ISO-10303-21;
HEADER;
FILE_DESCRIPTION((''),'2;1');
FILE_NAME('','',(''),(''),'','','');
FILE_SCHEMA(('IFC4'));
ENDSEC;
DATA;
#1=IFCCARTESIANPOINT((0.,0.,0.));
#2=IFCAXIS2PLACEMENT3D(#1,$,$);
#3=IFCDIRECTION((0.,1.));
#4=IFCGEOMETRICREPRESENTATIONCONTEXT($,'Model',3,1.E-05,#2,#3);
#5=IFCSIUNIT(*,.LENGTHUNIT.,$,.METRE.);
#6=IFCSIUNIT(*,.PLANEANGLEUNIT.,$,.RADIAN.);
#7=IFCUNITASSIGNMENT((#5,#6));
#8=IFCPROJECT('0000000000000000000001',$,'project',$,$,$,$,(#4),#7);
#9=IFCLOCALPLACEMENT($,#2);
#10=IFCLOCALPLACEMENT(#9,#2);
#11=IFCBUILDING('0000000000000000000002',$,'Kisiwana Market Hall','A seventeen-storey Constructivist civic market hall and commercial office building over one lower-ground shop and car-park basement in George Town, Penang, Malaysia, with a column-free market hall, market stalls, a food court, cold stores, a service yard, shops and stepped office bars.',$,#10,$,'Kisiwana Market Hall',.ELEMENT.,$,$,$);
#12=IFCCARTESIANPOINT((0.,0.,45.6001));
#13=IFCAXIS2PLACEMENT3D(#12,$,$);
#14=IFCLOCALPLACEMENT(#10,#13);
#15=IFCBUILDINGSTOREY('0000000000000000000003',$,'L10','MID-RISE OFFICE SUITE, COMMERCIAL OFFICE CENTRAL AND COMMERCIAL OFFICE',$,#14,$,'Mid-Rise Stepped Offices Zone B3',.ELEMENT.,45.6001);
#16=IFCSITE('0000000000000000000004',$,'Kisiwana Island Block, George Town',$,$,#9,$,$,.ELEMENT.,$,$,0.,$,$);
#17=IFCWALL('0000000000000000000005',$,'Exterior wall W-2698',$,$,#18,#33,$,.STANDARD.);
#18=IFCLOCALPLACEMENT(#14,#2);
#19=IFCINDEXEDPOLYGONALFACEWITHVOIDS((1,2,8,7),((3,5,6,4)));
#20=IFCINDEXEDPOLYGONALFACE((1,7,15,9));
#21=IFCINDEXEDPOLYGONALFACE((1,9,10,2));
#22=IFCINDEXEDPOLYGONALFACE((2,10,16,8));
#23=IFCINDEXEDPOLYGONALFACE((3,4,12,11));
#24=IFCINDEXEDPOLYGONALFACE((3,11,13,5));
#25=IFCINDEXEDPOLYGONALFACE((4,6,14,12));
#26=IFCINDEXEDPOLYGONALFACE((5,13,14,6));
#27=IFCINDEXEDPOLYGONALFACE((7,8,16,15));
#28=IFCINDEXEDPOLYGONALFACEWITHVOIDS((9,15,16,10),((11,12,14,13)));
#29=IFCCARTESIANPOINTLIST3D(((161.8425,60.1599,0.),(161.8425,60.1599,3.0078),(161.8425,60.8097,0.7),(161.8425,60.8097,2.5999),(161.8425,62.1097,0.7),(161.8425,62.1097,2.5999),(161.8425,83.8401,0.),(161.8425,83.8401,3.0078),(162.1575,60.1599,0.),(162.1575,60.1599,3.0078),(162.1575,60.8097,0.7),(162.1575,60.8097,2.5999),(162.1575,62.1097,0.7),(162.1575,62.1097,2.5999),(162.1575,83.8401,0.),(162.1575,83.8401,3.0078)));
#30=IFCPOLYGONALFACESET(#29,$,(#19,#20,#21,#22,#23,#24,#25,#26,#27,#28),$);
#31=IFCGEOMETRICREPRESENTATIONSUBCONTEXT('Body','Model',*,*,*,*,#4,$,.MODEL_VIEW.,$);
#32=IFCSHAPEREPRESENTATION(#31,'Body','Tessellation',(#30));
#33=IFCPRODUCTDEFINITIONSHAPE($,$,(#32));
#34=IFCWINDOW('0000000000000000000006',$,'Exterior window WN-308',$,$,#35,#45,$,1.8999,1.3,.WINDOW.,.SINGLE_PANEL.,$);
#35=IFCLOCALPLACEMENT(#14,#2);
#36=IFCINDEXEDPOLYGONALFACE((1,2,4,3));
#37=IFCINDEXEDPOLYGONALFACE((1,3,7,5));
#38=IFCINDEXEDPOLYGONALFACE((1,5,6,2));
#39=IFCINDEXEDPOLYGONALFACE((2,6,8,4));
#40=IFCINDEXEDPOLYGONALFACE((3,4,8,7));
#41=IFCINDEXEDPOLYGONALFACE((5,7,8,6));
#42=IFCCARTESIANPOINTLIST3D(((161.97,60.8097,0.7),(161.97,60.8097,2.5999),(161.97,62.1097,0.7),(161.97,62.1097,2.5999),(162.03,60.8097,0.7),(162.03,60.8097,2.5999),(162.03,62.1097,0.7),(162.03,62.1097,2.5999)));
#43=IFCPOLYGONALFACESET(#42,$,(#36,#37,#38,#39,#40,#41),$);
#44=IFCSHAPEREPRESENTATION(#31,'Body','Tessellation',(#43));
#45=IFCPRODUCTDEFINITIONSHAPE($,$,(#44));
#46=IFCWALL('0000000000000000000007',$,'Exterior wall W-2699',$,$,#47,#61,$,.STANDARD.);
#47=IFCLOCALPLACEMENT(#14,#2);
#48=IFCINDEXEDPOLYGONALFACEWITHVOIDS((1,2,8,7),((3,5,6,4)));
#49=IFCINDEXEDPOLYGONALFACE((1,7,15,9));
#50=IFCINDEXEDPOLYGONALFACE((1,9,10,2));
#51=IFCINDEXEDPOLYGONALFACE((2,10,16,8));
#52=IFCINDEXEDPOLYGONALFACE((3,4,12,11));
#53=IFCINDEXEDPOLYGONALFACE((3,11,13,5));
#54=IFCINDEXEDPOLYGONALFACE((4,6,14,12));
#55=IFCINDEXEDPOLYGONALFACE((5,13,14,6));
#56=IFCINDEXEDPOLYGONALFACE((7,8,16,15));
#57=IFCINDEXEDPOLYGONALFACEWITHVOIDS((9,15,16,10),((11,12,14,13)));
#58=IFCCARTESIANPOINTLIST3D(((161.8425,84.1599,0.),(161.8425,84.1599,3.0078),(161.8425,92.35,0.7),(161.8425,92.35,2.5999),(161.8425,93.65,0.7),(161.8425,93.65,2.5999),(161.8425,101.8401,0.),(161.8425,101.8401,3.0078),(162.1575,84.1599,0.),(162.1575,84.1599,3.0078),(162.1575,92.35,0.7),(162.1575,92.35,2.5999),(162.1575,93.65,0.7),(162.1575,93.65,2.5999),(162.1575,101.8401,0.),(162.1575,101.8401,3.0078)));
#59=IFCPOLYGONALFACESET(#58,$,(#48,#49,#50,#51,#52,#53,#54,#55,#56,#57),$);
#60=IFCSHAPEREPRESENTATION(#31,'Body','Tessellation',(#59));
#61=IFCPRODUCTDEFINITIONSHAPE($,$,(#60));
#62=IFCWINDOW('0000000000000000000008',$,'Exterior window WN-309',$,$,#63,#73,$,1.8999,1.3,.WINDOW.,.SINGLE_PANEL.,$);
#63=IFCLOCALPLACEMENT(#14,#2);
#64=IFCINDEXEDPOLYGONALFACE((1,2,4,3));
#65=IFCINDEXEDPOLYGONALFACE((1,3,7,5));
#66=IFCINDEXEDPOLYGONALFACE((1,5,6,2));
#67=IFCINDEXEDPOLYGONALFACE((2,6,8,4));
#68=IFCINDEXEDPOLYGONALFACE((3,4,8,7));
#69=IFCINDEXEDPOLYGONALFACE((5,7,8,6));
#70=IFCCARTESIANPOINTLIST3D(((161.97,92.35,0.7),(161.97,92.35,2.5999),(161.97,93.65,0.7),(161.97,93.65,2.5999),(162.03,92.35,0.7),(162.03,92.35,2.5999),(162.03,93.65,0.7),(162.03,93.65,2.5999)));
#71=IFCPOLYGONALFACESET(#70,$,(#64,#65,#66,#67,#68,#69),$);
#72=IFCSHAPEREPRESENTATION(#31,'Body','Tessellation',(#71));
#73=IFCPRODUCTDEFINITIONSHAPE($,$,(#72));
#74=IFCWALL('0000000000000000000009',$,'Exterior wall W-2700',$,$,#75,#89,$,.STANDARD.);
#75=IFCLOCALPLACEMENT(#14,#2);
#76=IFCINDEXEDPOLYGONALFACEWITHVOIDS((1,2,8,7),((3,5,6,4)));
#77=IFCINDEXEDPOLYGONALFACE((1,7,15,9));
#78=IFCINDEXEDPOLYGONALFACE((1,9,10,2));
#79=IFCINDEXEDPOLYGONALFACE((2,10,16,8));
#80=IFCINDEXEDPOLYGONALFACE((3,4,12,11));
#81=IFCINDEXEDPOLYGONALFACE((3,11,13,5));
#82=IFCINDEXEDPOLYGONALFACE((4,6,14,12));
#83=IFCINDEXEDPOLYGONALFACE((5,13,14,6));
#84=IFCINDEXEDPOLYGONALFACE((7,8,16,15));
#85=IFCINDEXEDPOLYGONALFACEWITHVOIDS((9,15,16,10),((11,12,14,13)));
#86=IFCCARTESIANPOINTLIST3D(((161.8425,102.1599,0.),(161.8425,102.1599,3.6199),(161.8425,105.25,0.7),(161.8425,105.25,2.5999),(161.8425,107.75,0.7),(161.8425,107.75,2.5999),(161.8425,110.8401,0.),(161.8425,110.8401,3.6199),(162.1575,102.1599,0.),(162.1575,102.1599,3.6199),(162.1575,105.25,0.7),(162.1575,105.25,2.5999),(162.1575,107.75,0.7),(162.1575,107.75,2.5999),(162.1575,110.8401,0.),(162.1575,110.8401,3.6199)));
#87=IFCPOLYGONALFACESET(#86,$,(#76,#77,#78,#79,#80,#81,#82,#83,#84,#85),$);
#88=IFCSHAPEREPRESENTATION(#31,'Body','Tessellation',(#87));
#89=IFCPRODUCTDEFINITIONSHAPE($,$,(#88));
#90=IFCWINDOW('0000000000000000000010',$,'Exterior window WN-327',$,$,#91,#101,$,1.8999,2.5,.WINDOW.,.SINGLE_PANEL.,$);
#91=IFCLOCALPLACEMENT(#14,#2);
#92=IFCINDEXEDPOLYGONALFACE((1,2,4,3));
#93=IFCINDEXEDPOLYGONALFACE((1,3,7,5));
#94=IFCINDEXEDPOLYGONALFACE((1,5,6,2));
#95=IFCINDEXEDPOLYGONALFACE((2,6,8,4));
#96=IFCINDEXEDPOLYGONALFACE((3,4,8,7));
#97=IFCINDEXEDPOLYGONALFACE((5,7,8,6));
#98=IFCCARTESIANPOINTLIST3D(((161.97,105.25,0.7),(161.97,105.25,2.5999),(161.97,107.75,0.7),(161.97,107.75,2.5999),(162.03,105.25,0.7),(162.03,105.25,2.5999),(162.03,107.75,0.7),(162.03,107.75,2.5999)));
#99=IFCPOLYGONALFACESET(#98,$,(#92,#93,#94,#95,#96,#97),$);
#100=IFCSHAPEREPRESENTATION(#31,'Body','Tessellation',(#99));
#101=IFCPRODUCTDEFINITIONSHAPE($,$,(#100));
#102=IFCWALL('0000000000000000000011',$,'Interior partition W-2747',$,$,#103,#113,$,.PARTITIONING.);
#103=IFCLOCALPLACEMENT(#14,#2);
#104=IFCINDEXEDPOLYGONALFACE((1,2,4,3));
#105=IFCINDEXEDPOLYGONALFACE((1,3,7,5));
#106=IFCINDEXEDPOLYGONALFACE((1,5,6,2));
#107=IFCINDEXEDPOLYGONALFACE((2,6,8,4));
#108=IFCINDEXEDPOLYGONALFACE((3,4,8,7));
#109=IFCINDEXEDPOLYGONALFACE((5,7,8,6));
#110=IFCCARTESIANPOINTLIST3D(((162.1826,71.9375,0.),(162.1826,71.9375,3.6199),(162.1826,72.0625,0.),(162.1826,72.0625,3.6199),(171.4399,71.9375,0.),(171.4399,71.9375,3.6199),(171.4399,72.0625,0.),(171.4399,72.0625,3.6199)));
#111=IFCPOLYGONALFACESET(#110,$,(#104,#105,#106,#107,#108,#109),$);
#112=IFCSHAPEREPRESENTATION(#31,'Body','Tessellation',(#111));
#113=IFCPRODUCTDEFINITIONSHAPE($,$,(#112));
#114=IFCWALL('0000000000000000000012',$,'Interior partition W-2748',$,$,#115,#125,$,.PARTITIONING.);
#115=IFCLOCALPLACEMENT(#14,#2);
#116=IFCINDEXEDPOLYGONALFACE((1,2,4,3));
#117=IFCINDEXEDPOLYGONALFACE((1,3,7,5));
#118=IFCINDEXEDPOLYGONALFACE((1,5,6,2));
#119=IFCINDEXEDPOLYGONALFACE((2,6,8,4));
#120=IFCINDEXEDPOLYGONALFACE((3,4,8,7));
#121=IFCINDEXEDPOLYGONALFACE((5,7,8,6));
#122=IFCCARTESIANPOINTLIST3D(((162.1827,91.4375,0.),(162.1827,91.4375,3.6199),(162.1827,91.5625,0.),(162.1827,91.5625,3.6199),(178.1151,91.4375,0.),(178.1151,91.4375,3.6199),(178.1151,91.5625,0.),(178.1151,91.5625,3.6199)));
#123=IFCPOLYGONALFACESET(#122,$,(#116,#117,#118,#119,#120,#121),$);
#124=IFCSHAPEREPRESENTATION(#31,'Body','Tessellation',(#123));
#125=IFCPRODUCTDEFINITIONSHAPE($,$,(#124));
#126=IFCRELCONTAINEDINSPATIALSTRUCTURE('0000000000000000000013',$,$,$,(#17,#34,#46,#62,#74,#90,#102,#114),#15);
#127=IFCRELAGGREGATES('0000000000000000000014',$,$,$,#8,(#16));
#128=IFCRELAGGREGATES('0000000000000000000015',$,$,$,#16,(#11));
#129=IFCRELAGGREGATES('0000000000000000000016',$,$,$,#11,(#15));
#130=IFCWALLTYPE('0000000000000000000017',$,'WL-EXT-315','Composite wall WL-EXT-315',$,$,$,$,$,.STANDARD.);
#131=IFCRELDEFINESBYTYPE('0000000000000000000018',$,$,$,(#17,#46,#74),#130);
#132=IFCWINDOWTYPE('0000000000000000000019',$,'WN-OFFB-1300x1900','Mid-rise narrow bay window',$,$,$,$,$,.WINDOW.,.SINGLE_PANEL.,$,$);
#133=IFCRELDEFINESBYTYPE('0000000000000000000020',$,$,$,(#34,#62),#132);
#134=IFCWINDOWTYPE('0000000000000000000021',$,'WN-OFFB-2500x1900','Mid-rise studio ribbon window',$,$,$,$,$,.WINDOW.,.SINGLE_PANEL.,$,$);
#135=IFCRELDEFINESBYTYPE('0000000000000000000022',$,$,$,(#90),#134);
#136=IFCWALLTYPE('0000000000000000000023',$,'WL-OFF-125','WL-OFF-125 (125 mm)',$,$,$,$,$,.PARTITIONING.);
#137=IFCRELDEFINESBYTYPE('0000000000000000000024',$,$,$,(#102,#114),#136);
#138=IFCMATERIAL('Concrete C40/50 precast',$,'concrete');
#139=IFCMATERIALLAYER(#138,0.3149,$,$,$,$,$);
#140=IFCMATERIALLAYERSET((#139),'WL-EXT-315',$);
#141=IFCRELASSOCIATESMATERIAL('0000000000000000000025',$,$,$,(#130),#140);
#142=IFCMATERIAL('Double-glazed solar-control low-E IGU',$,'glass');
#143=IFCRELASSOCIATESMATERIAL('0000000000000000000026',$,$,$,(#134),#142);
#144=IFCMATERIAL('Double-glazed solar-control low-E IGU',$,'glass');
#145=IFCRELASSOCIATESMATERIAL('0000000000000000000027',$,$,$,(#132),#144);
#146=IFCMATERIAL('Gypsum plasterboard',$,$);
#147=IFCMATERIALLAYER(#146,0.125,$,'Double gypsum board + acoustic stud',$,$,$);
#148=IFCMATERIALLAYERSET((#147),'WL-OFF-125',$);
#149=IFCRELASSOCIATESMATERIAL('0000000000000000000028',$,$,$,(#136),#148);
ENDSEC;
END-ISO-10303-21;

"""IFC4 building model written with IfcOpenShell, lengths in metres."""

from ifc_helpers import new_model, si_unit, direction, frame, frame_2d, origin, place, context, subcontext, project, spatial, rectangle, extrude, material, layer, layer_set, type_object, element, fill, save


model = new_model("IFC4")

# Units and contexts
model_context = context("Model", 3, precision=1e-05, world=origin(), true_north=direction((0.0, 1.0)))
body_context = subcontext(model_context, "Body", "Model", "MODEL_VIEW")
ifc_project = project(units=[si_unit("LENGTHUNIT", "METRE"), si_unit("PLANEANGLEUNIT", "RADIAN")], contexts=[model_context])

# Site, building, storey
site_placement = place(None, origin())
site = spatial("IfcSite", under=ifc_project, at=site_placement, Name="Kisiwana Island Block, George Town", CompositionType="ELEMENT", RefElevation=0.0)
building_placement = place(site_placement, origin())
building = spatial("IfcBuilding", under=site, at=building_placement, Name="Kisiwana Market Hall", Description="A seventeen-storey Constructivist civic market hall and commercial office building over one lower-ground shop and car-park basement in George Town, Penang, Malaysia, with a column-free market hall, market stalls, a food court, cold stores, a service yard, shops and stepped office bars.", LongName="Kisiwana Market Hall", CompositionType="ELEMENT")
storey_placement = place(building_placement, frame((0.0, 0.0, 45.6001)))
storey = spatial("IfcBuildingStorey", under=building, at=storey_placement, Name="L10", Description="MID-RISE OFFICE SUITE, COMMERCIAL OFFICE CENTRAL AND COMMERCIAL OFFICE", LongName="Mid-Rise Stepped Offices Zone B3", CompositionType="ELEMENT", Elevation=45.6001)

# Walls, openings, windows
ifc_material_1 = material(Name="Concrete C40/50 precast", Category="concrete")
ifc_layer_1 = layer(ifc_material_1, 0.3149)
ifc_layer_set_1 = layer_set([ifc_layer_1], Name="WL-EXT-315")
wall_type_1 = type_object("IfcWallType", Name="WL-EXT-315", Description="Composite wall WL-EXT-315", PredefinedType="STANDARD", material=ifc_layer_set_1)
ifc_material_2 = material(Name="Double-glazed solar-control low-E IGU", Category="glass")
window_type_1 = type_object("IfcWindowType", Name="WN-OFFB-2500x1900", Description="Mid-rise studio ribbon window", PartitioningType="SINGLE_PANEL", PredefinedType="WINDOW", material=ifc_material_2)
wall_1_placement = place(storey_placement, frame((162.0, 60.1599, 0.0), z_axis=(0.0, 0.0, 1.0), x_axis=(0.0, 1.0, 0.0)))
wall_1 = element("IfcWall", 1, at=wall_1_placement, inside=storey, type_object=wall_type_1, Name="Exterior wall W-2698", PredefinedType="STANDARD", context=body_context, shape_type="SweptSolid", body=[
    extrude(rectangle(XDim=23.6802, YDim=0.3149, at=frame_2d((11.8401, 0.0))), origin(), (0.0, 0.0, 1.0), 3.0078),
])
opening_1_placement = place(wall_1_placement, frame((0.6499, 0.0, 0.7)))
opening_1 = element("IfcOpeningElement", 2, at=opening_1_placement, cuts=wall_1, PredefinedType="OPENING", context=body_context, shape_type="SweptSolid", body=[
    extrude(rectangle(XDim=1.3, YDim=1.8999, at=frame_2d((0.6499, 0.95))), frame((0.0, 0.1694, 0.0), z_axis=(0.0, -1.0, 0.0), x_axis=(1.0, 0.0, 0.0)), (0.0, 0.0, 1.0), 0.3389),
])
ifc_material_3 = material(Name="Double-glazed solar-control low-E IGU", Category="glass")
window_type_2 = type_object("IfcWindowType", Name="WN-OFFB-1300x1900", Description="Mid-rise narrow bay window", PartitioningType="SINGLE_PANEL", PredefinedType="WINDOW", material=ifc_material_3)
window_1_placement = place(opening_1_placement, origin())
window_1 = element("IfcWindow", 3, at=window_1_placement, inside=storey, type_object=window_type_2, Name="Exterior window WN-308", OverallHeight=1.8999, OverallWidth=1.3, PartitioningType="SINGLE_PANEL", PredefinedType="WINDOW", context=body_context, shape_type="SweptSolid", body=[
    extrude(rectangle(XDim=1.3, YDim=1.8999, at=frame_2d((0.6499, 0.95))), frame((0.0, 0.03, 0.0), z_axis=(0.0, -1.0, 0.0), x_axis=(1.0, 0.0, 0.0)), (0.0, 0.0, 1.0), 0.0601),
])
fill(opening_1, window_1)
wall_2_placement = place(storey_placement, frame((162.0, 84.1599, 0.0), z_axis=(0.0, 0.0, 1.0), x_axis=(0.0, 1.0, 0.0)))
wall_2 = element("IfcWall", 4, at=wall_2_placement, inside=storey, type_object=wall_type_1, Name="Exterior wall W-2699", PredefinedType="STANDARD", context=body_context, shape_type="SweptSolid", body=[
    extrude(rectangle(XDim=17.6802, YDim=0.3149, at=frame_2d((8.8401, 0.0))), origin(), (0.0, 0.0, 1.0), 3.0078),
])
opening_2_placement = place(wall_2_placement, frame((8.1902, 0.0, 0.7)))
opening_2 = element("IfcOpeningElement", 5, at=opening_2_placement, cuts=wall_2, PredefinedType="OPENING", context=body_context, shape_type="SweptSolid", body=[
    extrude(rectangle(XDim=1.3, YDim=1.8999, at=frame_2d((0.6499, 0.95))), frame((0.0, 0.1694, 0.0), z_axis=(0.0, -1.0, 0.0), x_axis=(1.0, 0.0, 0.0)), (0.0, 0.0, 1.0), 0.3389),
])
window_2_placement = place(opening_2_placement, origin())
window_2 = element("IfcWindow", 6, at=window_2_placement, inside=storey, type_object=window_type_2, Name="Exterior window WN-309", OverallHeight=1.8999, OverallWidth=1.3, PartitioningType="SINGLE_PANEL", PredefinedType="WINDOW", context=body_context, shape_type="SweptSolid", body=[
    extrude(rectangle(XDim=1.3, YDim=1.8999, at=frame_2d((0.6499, 0.95))), frame((0.0, 0.03, 0.0), z_axis=(0.0, -1.0, 0.0), x_axis=(1.0, 0.0, 0.0)), (0.0, 0.0, 1.0), 0.0601),
])
fill(opening_2, window_2)
wall_3_placement = place(storey_placement, frame((162.0, 102.1599, 0.0), z_axis=(0.0, 0.0, 1.0), x_axis=(0.0, 1.0, 0.0)))
wall_3 = element("IfcWall", 7, at=wall_3_placement, inside=storey, type_object=wall_type_1, Name="Exterior wall W-2700", PredefinedType="STANDARD", context=body_context, shape_type="SweptSolid", body=[
    extrude(rectangle(XDim=8.6802, YDim=0.3149, at=frame_2d((4.3401, 0.0))), origin(), (0.0, 0.0, 1.0), 3.6199),
])
opening_3_placement = place(wall_3_placement, frame((3.0901, 0.0, 0.7)))
opening_3 = element("IfcOpeningElement", 8, at=opening_3_placement, cuts=wall_3, PredefinedType="OPENING", context=body_context, shape_type="SweptSolid", body=[
    extrude(rectangle(XDim=2.5, YDim=1.8999, at=frame_2d((1.25, 0.95))), frame((0.0, 0.1694, 0.0), z_axis=(0.0, -1.0, 0.0), x_axis=(1.0, 0.0, 0.0)), (0.0, 0.0, 1.0), 0.3389),
])
window_3_placement = place(opening_3_placement, origin())
window_3 = element("IfcWindow", 9, at=window_3_placement, inside=storey, type_object=window_type_1, Name="Exterior window WN-327", OverallHeight=1.8999, OverallWidth=2.5, PartitioningType="SINGLE_PANEL", PredefinedType="WINDOW", context=body_context, shape_type="SweptSolid", body=[
    extrude(rectangle(XDim=2.5, YDim=1.8999, at=frame_2d((1.25, 0.95))), frame((0.0, 0.03, 0.0), z_axis=(0.0, -1.0, 0.0), x_axis=(1.0, 0.0, 0.0)), (0.0, 0.0, 1.0), 0.0601),
])
fill(opening_3, window_3)

# Walls
ifc_material_4 = material(Name="Gypsum plasterboard")
ifc_layer_2 = layer(ifc_material_4, 0.125, Name="Double gypsum board + acoustic stud")
ifc_layer_set_2 = layer_set([ifc_layer_2], Name="WL-OFF-125")
wall_type_2 = type_object("IfcWallType", Name="WL-OFF-125", Description="WL-OFF-125 (125 mm)", PredefinedType="PARTITIONING", material=ifc_layer_set_2)
wall_4_placement = place(storey_placement, frame((162.1826, 72.0, 0.0), z_axis=(0.0, 0.0, 1.0), x_axis=(1.0, 0.0, 0.0)))
element("IfcWall", 10, at=wall_4_placement, inside=storey, type_object=wall_type_2, Name="Interior partition W-2747", PredefinedType="PARTITIONING", context=body_context, shape_type="SweptSolid", body=[
    extrude(rectangle(XDim=9.2573, YDim=0.125, at=frame_2d((4.6287, 0.0))), origin(), (0.0, 0.0, 1.0), 3.6199),
])
wall_5_placement = place(storey_placement, frame((162.1826, 91.5, 0.0), z_axis=(0.0, 0.0, 1.0), x_axis=(1.0, 0.0, 0.0)))
element("IfcWall", 11, at=wall_5_placement, inside=storey, type_object=wall_type_2, Name="Interior partition W-2748", PredefinedType="PARTITIONING", context=body_context, shape_type="SweptSolid", body=[
    extrude(rectangle(XDim=15.9324, YDim=0.125, at=frame_2d((7.9663, 0.0))), origin(), (0.0, 0.0, 1.0), 3.6199),
])

save(model, "model.ifc")
